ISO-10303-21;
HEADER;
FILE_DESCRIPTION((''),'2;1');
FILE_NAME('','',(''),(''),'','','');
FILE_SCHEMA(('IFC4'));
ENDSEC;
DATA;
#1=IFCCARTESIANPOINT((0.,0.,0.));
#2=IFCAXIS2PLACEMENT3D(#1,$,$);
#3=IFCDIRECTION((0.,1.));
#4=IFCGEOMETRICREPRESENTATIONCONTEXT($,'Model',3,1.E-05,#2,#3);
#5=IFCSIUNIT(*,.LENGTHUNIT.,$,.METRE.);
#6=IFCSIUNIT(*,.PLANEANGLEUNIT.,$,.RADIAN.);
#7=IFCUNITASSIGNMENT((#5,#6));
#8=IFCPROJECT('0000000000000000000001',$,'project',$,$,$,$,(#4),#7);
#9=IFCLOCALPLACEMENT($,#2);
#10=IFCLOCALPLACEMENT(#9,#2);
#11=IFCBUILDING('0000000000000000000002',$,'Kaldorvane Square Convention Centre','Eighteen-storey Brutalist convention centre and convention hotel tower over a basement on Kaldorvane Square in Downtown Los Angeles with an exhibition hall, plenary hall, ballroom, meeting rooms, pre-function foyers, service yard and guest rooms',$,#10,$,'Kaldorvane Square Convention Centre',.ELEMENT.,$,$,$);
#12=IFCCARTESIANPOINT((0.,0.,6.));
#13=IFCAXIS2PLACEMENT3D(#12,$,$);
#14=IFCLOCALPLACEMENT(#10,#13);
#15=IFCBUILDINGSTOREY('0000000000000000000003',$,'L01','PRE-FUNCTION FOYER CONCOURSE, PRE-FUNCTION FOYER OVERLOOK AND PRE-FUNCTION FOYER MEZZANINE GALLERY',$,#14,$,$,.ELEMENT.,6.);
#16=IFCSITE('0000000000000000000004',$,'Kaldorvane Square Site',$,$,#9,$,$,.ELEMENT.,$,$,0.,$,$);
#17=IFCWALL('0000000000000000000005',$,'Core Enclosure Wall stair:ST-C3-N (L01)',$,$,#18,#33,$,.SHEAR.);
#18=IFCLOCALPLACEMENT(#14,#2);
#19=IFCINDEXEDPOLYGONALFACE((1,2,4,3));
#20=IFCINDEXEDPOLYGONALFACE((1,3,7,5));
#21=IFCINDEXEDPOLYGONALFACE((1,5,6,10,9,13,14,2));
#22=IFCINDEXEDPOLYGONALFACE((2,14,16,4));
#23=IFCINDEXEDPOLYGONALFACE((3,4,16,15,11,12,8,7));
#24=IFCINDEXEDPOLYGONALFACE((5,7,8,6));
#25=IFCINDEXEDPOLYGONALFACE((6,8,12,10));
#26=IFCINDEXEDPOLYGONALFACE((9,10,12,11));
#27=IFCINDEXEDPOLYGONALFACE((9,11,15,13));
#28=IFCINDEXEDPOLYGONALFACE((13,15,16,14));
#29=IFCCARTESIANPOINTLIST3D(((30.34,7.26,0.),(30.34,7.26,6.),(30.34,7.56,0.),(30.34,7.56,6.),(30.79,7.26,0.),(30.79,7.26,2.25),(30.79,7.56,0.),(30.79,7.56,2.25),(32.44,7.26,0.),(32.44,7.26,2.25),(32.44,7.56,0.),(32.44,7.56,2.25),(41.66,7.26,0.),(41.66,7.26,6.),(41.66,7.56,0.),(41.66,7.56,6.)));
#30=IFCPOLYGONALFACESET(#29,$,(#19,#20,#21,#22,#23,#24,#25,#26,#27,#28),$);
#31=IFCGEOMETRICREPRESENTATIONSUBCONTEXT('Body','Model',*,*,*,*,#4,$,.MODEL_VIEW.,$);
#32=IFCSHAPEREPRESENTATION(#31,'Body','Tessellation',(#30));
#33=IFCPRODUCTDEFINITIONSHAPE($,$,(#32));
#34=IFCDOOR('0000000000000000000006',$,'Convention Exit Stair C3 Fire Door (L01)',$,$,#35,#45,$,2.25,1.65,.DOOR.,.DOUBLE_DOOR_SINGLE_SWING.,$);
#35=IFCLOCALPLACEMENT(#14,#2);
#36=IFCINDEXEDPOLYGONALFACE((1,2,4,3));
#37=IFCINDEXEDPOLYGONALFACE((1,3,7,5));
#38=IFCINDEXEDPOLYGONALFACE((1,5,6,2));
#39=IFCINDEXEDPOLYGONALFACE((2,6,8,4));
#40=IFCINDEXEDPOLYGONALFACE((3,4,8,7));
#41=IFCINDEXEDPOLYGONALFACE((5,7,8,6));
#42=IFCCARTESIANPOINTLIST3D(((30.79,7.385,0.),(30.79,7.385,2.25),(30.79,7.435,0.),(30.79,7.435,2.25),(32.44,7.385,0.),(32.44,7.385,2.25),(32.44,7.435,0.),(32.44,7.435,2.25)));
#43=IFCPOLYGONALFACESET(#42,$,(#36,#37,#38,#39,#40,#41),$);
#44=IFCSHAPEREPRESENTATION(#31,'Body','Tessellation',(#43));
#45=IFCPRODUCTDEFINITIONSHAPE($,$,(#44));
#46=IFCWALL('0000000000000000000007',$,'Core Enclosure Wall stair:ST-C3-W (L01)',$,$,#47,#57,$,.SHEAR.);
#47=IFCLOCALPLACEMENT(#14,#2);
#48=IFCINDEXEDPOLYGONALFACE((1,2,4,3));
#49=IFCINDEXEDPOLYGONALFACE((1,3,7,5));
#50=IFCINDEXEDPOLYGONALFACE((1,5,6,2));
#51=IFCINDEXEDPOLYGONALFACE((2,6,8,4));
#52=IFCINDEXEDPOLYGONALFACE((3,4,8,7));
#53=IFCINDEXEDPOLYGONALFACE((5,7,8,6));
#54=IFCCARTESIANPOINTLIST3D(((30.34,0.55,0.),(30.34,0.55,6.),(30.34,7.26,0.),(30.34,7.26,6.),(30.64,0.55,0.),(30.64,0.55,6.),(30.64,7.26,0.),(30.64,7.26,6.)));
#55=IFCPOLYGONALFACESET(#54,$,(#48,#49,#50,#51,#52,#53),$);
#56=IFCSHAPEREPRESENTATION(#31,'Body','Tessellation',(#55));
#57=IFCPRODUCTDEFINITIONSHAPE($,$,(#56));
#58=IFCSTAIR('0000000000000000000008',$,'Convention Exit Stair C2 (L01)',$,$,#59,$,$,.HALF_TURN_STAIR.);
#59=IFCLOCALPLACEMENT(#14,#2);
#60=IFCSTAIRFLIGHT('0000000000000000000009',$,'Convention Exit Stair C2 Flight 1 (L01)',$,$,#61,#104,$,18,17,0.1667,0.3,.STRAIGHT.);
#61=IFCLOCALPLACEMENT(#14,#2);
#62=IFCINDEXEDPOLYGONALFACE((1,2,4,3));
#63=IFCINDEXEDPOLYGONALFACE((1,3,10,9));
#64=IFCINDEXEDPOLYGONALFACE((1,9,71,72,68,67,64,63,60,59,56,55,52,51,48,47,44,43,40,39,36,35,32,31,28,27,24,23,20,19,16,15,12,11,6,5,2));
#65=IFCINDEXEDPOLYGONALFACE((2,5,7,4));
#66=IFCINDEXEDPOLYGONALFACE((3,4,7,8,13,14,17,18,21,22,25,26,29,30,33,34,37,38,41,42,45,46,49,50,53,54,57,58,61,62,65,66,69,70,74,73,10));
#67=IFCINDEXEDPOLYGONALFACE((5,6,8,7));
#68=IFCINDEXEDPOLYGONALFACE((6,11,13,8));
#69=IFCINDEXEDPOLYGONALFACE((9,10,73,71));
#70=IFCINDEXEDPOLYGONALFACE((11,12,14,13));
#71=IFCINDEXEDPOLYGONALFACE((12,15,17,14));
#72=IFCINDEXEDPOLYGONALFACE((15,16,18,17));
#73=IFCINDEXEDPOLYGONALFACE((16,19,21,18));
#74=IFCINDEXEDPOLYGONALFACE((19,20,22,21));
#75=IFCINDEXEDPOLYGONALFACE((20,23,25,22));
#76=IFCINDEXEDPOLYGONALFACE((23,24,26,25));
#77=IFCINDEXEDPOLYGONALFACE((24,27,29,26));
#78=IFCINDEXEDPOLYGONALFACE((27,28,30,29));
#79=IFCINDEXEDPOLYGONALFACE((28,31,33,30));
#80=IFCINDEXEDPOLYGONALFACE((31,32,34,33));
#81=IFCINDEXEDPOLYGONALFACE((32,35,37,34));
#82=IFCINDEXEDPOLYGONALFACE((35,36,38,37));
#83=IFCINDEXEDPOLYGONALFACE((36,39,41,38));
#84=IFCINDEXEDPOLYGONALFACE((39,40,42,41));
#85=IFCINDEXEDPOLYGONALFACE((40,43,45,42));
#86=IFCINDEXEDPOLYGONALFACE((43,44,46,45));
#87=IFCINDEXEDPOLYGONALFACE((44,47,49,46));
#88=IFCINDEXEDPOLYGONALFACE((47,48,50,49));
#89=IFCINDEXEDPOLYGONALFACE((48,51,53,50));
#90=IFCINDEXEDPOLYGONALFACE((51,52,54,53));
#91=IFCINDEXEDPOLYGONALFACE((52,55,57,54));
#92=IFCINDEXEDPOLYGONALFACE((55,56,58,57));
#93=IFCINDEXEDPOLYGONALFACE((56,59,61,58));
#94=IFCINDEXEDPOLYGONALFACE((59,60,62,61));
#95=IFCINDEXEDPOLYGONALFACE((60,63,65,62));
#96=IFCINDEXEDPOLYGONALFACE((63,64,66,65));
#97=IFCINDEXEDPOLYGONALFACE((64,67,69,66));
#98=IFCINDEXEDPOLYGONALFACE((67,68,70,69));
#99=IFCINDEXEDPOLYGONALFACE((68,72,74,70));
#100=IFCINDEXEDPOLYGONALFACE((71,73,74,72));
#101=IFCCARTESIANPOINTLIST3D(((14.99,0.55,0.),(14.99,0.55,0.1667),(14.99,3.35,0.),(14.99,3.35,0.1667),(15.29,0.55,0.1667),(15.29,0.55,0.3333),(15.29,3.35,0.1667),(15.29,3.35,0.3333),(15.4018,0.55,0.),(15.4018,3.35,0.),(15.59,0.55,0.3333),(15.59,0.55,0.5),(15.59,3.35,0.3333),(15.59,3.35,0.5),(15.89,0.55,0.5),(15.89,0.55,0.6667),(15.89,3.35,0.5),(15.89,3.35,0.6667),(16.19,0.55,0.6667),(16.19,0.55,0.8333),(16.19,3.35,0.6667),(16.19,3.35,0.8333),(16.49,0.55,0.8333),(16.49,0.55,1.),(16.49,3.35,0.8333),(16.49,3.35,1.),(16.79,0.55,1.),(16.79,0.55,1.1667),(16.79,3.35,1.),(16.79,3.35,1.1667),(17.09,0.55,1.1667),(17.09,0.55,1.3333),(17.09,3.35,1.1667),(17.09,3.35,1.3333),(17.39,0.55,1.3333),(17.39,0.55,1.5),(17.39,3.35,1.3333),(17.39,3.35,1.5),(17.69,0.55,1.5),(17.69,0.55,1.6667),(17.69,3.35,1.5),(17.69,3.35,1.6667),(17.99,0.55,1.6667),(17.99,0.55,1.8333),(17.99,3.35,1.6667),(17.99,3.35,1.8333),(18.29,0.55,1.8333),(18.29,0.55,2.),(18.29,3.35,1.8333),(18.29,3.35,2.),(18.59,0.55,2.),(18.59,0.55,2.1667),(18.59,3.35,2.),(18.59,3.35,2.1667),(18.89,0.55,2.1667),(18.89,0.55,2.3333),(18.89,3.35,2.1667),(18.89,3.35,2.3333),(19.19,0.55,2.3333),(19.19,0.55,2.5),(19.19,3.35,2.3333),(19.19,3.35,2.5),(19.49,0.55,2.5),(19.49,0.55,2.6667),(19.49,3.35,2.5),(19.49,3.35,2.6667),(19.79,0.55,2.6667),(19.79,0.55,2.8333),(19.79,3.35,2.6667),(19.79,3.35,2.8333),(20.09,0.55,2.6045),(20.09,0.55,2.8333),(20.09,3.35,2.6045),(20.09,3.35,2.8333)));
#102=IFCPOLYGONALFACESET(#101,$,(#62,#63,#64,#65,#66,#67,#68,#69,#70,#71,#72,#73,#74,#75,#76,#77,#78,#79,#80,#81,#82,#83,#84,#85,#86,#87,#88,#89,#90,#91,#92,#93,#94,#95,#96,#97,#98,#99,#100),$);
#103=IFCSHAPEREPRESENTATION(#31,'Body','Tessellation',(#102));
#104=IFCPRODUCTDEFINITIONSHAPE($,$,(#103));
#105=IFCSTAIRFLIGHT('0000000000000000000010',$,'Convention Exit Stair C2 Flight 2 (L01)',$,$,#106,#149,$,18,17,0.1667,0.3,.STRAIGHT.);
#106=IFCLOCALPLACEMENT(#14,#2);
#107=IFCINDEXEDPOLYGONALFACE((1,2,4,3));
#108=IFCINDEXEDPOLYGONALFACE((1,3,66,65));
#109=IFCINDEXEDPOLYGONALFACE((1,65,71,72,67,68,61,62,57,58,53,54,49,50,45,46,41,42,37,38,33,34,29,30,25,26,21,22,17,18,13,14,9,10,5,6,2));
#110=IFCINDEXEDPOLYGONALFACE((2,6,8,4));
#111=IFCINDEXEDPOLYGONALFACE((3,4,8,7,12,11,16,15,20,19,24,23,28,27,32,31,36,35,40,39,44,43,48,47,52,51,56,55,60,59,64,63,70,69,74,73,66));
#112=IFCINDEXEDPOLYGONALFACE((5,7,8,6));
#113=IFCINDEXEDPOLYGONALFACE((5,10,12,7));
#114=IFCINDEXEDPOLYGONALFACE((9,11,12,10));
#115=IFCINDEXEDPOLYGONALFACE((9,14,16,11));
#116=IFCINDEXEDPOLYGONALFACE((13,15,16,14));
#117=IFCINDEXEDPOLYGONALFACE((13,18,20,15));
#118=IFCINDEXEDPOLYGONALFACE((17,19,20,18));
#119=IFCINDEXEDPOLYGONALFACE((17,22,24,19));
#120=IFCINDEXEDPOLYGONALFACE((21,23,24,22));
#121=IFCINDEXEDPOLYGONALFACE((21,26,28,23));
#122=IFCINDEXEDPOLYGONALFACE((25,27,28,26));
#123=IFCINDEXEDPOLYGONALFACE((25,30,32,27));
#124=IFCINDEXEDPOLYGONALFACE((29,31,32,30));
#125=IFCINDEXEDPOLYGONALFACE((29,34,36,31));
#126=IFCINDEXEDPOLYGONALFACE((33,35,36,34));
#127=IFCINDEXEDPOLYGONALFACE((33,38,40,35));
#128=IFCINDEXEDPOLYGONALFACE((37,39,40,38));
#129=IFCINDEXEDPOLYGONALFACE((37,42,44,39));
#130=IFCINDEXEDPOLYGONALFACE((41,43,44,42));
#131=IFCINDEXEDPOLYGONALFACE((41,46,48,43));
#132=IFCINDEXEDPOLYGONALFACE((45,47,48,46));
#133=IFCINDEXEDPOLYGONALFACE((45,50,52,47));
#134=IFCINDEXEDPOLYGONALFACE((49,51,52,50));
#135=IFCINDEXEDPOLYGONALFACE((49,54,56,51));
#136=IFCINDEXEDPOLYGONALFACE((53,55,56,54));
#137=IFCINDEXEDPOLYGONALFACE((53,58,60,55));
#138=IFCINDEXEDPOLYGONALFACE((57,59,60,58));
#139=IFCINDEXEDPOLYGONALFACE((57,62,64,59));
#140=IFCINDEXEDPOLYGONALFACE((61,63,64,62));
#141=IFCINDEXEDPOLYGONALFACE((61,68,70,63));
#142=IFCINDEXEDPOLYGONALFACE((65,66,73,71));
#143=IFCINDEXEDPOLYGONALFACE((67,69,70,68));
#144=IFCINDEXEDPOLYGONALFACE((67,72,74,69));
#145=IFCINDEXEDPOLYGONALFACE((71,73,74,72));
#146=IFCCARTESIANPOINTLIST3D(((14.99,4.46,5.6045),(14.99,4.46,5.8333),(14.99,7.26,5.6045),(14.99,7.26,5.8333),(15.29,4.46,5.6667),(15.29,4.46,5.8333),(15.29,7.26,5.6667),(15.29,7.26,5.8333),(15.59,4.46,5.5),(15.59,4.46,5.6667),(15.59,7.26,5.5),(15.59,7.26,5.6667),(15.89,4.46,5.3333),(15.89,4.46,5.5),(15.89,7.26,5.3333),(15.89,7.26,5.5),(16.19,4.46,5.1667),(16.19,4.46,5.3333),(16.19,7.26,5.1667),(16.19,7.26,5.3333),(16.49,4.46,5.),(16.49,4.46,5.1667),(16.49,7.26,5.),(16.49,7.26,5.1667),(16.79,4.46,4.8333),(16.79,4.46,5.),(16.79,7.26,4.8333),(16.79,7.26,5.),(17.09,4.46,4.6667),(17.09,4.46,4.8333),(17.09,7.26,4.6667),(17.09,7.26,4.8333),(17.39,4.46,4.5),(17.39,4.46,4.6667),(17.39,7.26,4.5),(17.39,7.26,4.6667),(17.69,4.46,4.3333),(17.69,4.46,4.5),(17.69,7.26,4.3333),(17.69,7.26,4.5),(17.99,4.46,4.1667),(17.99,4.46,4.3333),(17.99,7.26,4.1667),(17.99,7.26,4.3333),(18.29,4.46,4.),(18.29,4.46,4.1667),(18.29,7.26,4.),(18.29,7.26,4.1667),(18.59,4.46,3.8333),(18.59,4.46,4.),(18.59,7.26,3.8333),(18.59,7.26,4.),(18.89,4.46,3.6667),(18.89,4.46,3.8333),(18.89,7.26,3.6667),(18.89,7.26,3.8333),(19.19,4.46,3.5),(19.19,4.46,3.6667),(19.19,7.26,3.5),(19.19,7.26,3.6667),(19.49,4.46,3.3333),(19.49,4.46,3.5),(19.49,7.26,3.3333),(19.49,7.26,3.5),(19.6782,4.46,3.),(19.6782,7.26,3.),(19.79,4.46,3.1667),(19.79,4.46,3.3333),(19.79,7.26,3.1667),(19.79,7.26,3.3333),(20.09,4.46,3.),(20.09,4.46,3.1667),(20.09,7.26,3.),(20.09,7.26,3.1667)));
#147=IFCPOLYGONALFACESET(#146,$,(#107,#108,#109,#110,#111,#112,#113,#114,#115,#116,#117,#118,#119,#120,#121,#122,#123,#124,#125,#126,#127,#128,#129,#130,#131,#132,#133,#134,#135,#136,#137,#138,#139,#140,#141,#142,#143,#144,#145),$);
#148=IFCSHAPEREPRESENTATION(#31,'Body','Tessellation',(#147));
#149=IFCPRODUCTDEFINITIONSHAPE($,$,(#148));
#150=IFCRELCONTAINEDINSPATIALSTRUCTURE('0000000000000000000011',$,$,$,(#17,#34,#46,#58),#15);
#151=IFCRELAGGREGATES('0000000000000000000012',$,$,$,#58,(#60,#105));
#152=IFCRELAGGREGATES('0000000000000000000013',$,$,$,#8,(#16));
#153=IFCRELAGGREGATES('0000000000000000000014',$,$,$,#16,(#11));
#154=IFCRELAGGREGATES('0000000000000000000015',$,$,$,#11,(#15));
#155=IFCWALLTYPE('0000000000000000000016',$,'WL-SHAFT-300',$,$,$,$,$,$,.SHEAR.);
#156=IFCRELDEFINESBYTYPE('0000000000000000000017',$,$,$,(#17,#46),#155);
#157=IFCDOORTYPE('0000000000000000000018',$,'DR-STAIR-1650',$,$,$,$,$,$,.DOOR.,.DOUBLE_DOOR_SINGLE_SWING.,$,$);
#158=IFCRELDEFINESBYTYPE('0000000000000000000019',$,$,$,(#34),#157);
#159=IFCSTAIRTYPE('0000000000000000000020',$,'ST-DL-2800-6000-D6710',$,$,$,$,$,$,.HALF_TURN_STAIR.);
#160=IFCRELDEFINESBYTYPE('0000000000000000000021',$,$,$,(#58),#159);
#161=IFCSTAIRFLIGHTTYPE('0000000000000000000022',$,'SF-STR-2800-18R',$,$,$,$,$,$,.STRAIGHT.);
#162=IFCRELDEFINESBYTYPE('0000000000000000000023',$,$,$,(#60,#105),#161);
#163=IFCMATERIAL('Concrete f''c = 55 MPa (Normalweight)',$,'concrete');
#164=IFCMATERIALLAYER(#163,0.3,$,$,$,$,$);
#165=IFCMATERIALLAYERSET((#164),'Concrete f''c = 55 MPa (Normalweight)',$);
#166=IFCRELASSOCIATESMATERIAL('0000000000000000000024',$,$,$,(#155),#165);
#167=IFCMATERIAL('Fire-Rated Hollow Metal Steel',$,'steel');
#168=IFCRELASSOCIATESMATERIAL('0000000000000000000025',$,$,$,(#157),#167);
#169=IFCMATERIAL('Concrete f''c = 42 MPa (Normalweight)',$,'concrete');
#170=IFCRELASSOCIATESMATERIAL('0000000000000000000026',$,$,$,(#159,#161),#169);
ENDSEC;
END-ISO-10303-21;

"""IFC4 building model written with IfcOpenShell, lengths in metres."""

from ifc_helpers import new_model, si_unit, direction, frame, frame_2d, origin, place, context, subcontext, project, spatial, polyline, rectangle, outline, extrude, material, layer, layer_set, type_object, element, fill, aggregate, save


model = new_model("IFC4")

# Units and contexts
model_context = context("Model", 3, precision=1e-05, world=origin(), true_north=direction((0.0, 1.0)))
body_context = subcontext(model_context, "Body", "Model", "MODEL_VIEW")
ifc_project = project(units=[si_unit("LENGTHUNIT", "METRE"), si_unit("PLANEANGLEUNIT", "RADIAN")], contexts=[model_context])

# Site, building, storey
site_placement = place(None, origin())
site = spatial("IfcSite", under=ifc_project, at=site_placement, Name="Kaldorvane Square Site", CompositionType="ELEMENT", RefElevation=0.0)
building_placement = place(site_placement, origin())
building = spatial("IfcBuilding", under=site, at=building_placement, Name="Kaldorvane Square Convention Centre", Description="Eighteen-storey Brutalist convention centre and convention hotel tower over a basement on Kaldorvane Square in Downtown Los Angeles with an exhibition hall, plenary hall, ballroom, meeting rooms, pre-function foyers, service yard and guest rooms", LongName="Kaldorvane Square Convention Centre", CompositionType="ELEMENT")
storey_placement = place(building_placement, frame((0.0, 0.0, 6.0)))
storey = spatial("IfcBuildingStorey", under=building, at=storey_placement, Name="L01", Description="PRE-FUNCTION FOYER CONCOURSE, PRE-FUNCTION FOYER OVERLOOK AND PRE-FUNCTION FOYER MEZZANINE GALLERY", CompositionType="ELEMENT", Elevation=6.0)

# Wall, opening, door
ifc_material_1 = material(Name="Concrete f'c = 55 MPa (Normalweight)", Category="concrete")
ifc_layer = layer(ifc_material_1, 0.3)
ifc_layer_set = layer_set([ifc_layer], Name="Concrete f'c = 55 MPa (Normalweight)")
wall_type = type_object("IfcWallType", Name="WL-SHAFT-300", PredefinedType="SHEAR", material=ifc_layer_set)
ifc_material_2 = material(Name="Fire-Rated Hollow Metal Steel", Category="steel")
door_type = type_object("IfcDoorType", Name="DR-STAIR-1650", OperationType="DOUBLE_DOOR_SINGLE_SWING", PredefinedType="DOOR", material=ifc_material_2)
wall_1_placement = place(storey_placement, frame((41.66, 7.41, 0.0), z_axis=(0.0, 0.0, 1.0), x_axis=(-1.0, 0.0, 0.0)))
wall_1 = element("IfcWall", 1, at=wall_1_placement, inside=storey, type_object=wall_type, Name="Core Enclosure Wall stair:ST-C3-N (L01)", PredefinedType="SHEAR", context=body_context, shape_type="SweptSolid", body=[
    extrude(rectangle(XDim=11.32, YDim=0.3, at=frame_2d((5.66, 0.0))), origin(), (0.0, 0.0, 1.0), 6.0),
])
opening_1_placement = place(wall_1_placement, frame((9.22, 0.0, 0.0)))
opening_1 = element("IfcOpeningElement", 2, at=opening_1_placement, cuts=wall_1, PredefinedType="OPENING", context=body_context, shape_type="SweptSolid", body=[
    extrude(rectangle(XDim=1.65, YDim=2.25, at=frame_2d((0.825, 1.125))), frame((0.0, 0.165, 0.0), z_axis=(0.0, -1.0, 0.0), x_axis=(1.0, 0.0, 0.0)), (0.0, 0.0, 1.0), 0.33),
])
door_1_placement = place(opening_1_placement, origin())
door_1 = element("IfcDoor", 3, at=door_1_placement, inside=storey, type_object=door_type, Name="Convention Exit Stair C3 Fire Door (L01)", OperationType="DOUBLE_DOOR_SINGLE_SWING", OverallHeight=2.25, OverallWidth=1.65, PredefinedType="DOOR", context=body_context, shape_type="SweptSolid", body=[
    extrude(rectangle(XDim=1.65, YDim=2.25, at=frame_2d((0.825, 1.125))), frame((0.0, 0.025, 0.0), z_axis=(0.0, -1.0, 0.0), x_axis=(1.0, 0.0, 0.0)), (0.0, 0.0, 1.0), 0.05),
])
fill(opening_1, door_1)

# Wall
wall_2_placement = place(storey_placement, frame((30.49, 7.26, 0.0), z_axis=(0.0, 0.0, 1.0), x_axis=(0.0, -1.0, 0.0)))
element("IfcWall", 4, at=wall_2_placement, inside=storey, type_object=wall_type, Name="Core Enclosure Wall stair:ST-C3-W (L01)", PredefinedType="SHEAR", context=body_context, shape_type="SweptSolid", body=[
    extrude(rectangle(XDim=6.71, YDim=0.3, at=frame_2d((3.355, 0.0))), origin(), (0.0, 0.0, 1.0), 6.0),
])

# Stair, stair flights
ifc_material_3 = material(Name="Concrete f'c = 42 MPa (Normalweight)", Category="concrete")
stair_type = type_object("IfcStairType", Name="ST-DL-2800-6000-D6710", PredefinedType="HALF_TURN_STAIR", material=ifc_material_3)
stair_1_placement = place(storey_placement, origin())
stair_1 = element("IfcStair", 5, at=stair_1_placement, inside=storey, type_object=stair_type, Name="Convention Exit Stair C2 (L01)", PredefinedType="HALF_TURN_STAIR")
stair_flight_type = type_object("IfcStairFlightType", Name="SF-STR-2800-18R", PredefinedType="STRAIGHT", material=ifc_material_3)
stair_flight_1_placement = place(storey_placement, frame((14.99, 1.95, 0.0), z_axis=(0.0, 0.0, 1.0), x_axis=(1.0, 0.0, 0.0)))
stair_flight_1 = element("IfcStairFlight", 6, at=stair_flight_1_placement, type_object=stair_flight_type, Name="Convention Exit Stair C2 Flight 1 (L01)", NumberOfRisers=18, NumberOfTreads=17, PredefinedType="STRAIGHT", RiserHeight=0.1667, TreadLength=0.3, context=body_context, shape_type="SweptSolid", body=[
    extrude(outline(polyline([(0.0, 0.0), (0.0, 0.1667), (0.3, 0.1667), (0.3, 0.3333), (0.6, 0.3333), (0.6, 0.5), (0.9, 0.5), (0.9, 0.6667), (1.2, 0.6667), (1.2, 0.8333), (1.5, 0.8333), (1.5, 1.0), (1.8, 1.0), (1.8, 1.1667), (2.1, 1.1667), (2.1, 1.3333), (2.4, 1.3333), (2.4, 1.5), (2.7, 1.5), (2.7, 1.6667), (3.0, 1.6667), (3.0, 1.8333), (3.3, 1.8333), (3.3, 2.0), (3.6, 2.0), (3.6, 2.1667), (3.9, 2.1667), (3.9, 2.3333), (4.2, 2.3333), (4.2, 2.5), (4.5, 2.5), (4.5, 2.6667), (4.8, 2.6667), (4.8, 2.8333), (5.1, 2.8333), (5.1, 3.0), (5.1, 2.6045), (0.4118, 0.0), (0.0, 0.0)])), frame((0.0, 1.4, 0.0), z_axis=(0.0, -1.0, 0.0), x_axis=(1.0, 0.0, 0.0)), (0.0, 0.0, 1.0), 2.8),
])
stair_flight_2_placement = place(storey_placement, frame((20.09, 5.86, 3.0), z_axis=(0.0, 0.0, 1.0), x_axis=(-1.0, 0.0, 0.0)))
stair_flight_2 = element("IfcStairFlight", 7, at=stair_flight_2_placement, type_object=stair_flight_type, Name="Convention Exit Stair C2 Flight 2 (L01)", NumberOfRisers=18, NumberOfTreads=17, PredefinedType="STRAIGHT", RiserHeight=0.1667, TreadLength=0.3, context=body_context, shape_type="SweptSolid", body=[
    extrude(outline(polyline([(0.0, 0.0), (0.0, 0.1667), (0.3, 0.1667), (0.3, 0.3333), (0.6, 0.3333), (0.6, 0.5), (0.9, 0.5), (0.9, 0.6667), (1.2, 0.6667), (1.2, 0.8333), (1.5, 0.8333), (1.5, 1.0), (1.8, 1.0), (1.8, 1.1667), (2.1, 1.1667), (2.1, 1.3333), (2.4, 1.3333), (2.4, 1.5), (2.7, 1.5), (2.7, 1.6667), (3.0, 1.6667), (3.0, 1.8333), (3.3, 1.8333), (3.3, 2.0), (3.6, 2.0), (3.6, 2.1667), (3.9, 2.1667), (3.9, 2.3333), (4.2, 2.3333), (4.2, 2.5), (4.5, 2.5), (4.5, 2.6667), (4.8, 2.6667), (4.8, 2.8333), (5.1, 2.8333), (5.1, 3.0), (5.1, 2.6045), (0.4118, 0.0), (0.0, 0.0)])), frame((0.0, 1.4, 0.0), z_axis=(0.0, -1.0, 0.0), x_axis=(1.0, 0.0, 0.0)), (0.0, 0.0, 1.0), 2.8),
])
aggregate(stair_1, [stair_flight_1, stair_flight_2])

save(model, "model.ifc")
